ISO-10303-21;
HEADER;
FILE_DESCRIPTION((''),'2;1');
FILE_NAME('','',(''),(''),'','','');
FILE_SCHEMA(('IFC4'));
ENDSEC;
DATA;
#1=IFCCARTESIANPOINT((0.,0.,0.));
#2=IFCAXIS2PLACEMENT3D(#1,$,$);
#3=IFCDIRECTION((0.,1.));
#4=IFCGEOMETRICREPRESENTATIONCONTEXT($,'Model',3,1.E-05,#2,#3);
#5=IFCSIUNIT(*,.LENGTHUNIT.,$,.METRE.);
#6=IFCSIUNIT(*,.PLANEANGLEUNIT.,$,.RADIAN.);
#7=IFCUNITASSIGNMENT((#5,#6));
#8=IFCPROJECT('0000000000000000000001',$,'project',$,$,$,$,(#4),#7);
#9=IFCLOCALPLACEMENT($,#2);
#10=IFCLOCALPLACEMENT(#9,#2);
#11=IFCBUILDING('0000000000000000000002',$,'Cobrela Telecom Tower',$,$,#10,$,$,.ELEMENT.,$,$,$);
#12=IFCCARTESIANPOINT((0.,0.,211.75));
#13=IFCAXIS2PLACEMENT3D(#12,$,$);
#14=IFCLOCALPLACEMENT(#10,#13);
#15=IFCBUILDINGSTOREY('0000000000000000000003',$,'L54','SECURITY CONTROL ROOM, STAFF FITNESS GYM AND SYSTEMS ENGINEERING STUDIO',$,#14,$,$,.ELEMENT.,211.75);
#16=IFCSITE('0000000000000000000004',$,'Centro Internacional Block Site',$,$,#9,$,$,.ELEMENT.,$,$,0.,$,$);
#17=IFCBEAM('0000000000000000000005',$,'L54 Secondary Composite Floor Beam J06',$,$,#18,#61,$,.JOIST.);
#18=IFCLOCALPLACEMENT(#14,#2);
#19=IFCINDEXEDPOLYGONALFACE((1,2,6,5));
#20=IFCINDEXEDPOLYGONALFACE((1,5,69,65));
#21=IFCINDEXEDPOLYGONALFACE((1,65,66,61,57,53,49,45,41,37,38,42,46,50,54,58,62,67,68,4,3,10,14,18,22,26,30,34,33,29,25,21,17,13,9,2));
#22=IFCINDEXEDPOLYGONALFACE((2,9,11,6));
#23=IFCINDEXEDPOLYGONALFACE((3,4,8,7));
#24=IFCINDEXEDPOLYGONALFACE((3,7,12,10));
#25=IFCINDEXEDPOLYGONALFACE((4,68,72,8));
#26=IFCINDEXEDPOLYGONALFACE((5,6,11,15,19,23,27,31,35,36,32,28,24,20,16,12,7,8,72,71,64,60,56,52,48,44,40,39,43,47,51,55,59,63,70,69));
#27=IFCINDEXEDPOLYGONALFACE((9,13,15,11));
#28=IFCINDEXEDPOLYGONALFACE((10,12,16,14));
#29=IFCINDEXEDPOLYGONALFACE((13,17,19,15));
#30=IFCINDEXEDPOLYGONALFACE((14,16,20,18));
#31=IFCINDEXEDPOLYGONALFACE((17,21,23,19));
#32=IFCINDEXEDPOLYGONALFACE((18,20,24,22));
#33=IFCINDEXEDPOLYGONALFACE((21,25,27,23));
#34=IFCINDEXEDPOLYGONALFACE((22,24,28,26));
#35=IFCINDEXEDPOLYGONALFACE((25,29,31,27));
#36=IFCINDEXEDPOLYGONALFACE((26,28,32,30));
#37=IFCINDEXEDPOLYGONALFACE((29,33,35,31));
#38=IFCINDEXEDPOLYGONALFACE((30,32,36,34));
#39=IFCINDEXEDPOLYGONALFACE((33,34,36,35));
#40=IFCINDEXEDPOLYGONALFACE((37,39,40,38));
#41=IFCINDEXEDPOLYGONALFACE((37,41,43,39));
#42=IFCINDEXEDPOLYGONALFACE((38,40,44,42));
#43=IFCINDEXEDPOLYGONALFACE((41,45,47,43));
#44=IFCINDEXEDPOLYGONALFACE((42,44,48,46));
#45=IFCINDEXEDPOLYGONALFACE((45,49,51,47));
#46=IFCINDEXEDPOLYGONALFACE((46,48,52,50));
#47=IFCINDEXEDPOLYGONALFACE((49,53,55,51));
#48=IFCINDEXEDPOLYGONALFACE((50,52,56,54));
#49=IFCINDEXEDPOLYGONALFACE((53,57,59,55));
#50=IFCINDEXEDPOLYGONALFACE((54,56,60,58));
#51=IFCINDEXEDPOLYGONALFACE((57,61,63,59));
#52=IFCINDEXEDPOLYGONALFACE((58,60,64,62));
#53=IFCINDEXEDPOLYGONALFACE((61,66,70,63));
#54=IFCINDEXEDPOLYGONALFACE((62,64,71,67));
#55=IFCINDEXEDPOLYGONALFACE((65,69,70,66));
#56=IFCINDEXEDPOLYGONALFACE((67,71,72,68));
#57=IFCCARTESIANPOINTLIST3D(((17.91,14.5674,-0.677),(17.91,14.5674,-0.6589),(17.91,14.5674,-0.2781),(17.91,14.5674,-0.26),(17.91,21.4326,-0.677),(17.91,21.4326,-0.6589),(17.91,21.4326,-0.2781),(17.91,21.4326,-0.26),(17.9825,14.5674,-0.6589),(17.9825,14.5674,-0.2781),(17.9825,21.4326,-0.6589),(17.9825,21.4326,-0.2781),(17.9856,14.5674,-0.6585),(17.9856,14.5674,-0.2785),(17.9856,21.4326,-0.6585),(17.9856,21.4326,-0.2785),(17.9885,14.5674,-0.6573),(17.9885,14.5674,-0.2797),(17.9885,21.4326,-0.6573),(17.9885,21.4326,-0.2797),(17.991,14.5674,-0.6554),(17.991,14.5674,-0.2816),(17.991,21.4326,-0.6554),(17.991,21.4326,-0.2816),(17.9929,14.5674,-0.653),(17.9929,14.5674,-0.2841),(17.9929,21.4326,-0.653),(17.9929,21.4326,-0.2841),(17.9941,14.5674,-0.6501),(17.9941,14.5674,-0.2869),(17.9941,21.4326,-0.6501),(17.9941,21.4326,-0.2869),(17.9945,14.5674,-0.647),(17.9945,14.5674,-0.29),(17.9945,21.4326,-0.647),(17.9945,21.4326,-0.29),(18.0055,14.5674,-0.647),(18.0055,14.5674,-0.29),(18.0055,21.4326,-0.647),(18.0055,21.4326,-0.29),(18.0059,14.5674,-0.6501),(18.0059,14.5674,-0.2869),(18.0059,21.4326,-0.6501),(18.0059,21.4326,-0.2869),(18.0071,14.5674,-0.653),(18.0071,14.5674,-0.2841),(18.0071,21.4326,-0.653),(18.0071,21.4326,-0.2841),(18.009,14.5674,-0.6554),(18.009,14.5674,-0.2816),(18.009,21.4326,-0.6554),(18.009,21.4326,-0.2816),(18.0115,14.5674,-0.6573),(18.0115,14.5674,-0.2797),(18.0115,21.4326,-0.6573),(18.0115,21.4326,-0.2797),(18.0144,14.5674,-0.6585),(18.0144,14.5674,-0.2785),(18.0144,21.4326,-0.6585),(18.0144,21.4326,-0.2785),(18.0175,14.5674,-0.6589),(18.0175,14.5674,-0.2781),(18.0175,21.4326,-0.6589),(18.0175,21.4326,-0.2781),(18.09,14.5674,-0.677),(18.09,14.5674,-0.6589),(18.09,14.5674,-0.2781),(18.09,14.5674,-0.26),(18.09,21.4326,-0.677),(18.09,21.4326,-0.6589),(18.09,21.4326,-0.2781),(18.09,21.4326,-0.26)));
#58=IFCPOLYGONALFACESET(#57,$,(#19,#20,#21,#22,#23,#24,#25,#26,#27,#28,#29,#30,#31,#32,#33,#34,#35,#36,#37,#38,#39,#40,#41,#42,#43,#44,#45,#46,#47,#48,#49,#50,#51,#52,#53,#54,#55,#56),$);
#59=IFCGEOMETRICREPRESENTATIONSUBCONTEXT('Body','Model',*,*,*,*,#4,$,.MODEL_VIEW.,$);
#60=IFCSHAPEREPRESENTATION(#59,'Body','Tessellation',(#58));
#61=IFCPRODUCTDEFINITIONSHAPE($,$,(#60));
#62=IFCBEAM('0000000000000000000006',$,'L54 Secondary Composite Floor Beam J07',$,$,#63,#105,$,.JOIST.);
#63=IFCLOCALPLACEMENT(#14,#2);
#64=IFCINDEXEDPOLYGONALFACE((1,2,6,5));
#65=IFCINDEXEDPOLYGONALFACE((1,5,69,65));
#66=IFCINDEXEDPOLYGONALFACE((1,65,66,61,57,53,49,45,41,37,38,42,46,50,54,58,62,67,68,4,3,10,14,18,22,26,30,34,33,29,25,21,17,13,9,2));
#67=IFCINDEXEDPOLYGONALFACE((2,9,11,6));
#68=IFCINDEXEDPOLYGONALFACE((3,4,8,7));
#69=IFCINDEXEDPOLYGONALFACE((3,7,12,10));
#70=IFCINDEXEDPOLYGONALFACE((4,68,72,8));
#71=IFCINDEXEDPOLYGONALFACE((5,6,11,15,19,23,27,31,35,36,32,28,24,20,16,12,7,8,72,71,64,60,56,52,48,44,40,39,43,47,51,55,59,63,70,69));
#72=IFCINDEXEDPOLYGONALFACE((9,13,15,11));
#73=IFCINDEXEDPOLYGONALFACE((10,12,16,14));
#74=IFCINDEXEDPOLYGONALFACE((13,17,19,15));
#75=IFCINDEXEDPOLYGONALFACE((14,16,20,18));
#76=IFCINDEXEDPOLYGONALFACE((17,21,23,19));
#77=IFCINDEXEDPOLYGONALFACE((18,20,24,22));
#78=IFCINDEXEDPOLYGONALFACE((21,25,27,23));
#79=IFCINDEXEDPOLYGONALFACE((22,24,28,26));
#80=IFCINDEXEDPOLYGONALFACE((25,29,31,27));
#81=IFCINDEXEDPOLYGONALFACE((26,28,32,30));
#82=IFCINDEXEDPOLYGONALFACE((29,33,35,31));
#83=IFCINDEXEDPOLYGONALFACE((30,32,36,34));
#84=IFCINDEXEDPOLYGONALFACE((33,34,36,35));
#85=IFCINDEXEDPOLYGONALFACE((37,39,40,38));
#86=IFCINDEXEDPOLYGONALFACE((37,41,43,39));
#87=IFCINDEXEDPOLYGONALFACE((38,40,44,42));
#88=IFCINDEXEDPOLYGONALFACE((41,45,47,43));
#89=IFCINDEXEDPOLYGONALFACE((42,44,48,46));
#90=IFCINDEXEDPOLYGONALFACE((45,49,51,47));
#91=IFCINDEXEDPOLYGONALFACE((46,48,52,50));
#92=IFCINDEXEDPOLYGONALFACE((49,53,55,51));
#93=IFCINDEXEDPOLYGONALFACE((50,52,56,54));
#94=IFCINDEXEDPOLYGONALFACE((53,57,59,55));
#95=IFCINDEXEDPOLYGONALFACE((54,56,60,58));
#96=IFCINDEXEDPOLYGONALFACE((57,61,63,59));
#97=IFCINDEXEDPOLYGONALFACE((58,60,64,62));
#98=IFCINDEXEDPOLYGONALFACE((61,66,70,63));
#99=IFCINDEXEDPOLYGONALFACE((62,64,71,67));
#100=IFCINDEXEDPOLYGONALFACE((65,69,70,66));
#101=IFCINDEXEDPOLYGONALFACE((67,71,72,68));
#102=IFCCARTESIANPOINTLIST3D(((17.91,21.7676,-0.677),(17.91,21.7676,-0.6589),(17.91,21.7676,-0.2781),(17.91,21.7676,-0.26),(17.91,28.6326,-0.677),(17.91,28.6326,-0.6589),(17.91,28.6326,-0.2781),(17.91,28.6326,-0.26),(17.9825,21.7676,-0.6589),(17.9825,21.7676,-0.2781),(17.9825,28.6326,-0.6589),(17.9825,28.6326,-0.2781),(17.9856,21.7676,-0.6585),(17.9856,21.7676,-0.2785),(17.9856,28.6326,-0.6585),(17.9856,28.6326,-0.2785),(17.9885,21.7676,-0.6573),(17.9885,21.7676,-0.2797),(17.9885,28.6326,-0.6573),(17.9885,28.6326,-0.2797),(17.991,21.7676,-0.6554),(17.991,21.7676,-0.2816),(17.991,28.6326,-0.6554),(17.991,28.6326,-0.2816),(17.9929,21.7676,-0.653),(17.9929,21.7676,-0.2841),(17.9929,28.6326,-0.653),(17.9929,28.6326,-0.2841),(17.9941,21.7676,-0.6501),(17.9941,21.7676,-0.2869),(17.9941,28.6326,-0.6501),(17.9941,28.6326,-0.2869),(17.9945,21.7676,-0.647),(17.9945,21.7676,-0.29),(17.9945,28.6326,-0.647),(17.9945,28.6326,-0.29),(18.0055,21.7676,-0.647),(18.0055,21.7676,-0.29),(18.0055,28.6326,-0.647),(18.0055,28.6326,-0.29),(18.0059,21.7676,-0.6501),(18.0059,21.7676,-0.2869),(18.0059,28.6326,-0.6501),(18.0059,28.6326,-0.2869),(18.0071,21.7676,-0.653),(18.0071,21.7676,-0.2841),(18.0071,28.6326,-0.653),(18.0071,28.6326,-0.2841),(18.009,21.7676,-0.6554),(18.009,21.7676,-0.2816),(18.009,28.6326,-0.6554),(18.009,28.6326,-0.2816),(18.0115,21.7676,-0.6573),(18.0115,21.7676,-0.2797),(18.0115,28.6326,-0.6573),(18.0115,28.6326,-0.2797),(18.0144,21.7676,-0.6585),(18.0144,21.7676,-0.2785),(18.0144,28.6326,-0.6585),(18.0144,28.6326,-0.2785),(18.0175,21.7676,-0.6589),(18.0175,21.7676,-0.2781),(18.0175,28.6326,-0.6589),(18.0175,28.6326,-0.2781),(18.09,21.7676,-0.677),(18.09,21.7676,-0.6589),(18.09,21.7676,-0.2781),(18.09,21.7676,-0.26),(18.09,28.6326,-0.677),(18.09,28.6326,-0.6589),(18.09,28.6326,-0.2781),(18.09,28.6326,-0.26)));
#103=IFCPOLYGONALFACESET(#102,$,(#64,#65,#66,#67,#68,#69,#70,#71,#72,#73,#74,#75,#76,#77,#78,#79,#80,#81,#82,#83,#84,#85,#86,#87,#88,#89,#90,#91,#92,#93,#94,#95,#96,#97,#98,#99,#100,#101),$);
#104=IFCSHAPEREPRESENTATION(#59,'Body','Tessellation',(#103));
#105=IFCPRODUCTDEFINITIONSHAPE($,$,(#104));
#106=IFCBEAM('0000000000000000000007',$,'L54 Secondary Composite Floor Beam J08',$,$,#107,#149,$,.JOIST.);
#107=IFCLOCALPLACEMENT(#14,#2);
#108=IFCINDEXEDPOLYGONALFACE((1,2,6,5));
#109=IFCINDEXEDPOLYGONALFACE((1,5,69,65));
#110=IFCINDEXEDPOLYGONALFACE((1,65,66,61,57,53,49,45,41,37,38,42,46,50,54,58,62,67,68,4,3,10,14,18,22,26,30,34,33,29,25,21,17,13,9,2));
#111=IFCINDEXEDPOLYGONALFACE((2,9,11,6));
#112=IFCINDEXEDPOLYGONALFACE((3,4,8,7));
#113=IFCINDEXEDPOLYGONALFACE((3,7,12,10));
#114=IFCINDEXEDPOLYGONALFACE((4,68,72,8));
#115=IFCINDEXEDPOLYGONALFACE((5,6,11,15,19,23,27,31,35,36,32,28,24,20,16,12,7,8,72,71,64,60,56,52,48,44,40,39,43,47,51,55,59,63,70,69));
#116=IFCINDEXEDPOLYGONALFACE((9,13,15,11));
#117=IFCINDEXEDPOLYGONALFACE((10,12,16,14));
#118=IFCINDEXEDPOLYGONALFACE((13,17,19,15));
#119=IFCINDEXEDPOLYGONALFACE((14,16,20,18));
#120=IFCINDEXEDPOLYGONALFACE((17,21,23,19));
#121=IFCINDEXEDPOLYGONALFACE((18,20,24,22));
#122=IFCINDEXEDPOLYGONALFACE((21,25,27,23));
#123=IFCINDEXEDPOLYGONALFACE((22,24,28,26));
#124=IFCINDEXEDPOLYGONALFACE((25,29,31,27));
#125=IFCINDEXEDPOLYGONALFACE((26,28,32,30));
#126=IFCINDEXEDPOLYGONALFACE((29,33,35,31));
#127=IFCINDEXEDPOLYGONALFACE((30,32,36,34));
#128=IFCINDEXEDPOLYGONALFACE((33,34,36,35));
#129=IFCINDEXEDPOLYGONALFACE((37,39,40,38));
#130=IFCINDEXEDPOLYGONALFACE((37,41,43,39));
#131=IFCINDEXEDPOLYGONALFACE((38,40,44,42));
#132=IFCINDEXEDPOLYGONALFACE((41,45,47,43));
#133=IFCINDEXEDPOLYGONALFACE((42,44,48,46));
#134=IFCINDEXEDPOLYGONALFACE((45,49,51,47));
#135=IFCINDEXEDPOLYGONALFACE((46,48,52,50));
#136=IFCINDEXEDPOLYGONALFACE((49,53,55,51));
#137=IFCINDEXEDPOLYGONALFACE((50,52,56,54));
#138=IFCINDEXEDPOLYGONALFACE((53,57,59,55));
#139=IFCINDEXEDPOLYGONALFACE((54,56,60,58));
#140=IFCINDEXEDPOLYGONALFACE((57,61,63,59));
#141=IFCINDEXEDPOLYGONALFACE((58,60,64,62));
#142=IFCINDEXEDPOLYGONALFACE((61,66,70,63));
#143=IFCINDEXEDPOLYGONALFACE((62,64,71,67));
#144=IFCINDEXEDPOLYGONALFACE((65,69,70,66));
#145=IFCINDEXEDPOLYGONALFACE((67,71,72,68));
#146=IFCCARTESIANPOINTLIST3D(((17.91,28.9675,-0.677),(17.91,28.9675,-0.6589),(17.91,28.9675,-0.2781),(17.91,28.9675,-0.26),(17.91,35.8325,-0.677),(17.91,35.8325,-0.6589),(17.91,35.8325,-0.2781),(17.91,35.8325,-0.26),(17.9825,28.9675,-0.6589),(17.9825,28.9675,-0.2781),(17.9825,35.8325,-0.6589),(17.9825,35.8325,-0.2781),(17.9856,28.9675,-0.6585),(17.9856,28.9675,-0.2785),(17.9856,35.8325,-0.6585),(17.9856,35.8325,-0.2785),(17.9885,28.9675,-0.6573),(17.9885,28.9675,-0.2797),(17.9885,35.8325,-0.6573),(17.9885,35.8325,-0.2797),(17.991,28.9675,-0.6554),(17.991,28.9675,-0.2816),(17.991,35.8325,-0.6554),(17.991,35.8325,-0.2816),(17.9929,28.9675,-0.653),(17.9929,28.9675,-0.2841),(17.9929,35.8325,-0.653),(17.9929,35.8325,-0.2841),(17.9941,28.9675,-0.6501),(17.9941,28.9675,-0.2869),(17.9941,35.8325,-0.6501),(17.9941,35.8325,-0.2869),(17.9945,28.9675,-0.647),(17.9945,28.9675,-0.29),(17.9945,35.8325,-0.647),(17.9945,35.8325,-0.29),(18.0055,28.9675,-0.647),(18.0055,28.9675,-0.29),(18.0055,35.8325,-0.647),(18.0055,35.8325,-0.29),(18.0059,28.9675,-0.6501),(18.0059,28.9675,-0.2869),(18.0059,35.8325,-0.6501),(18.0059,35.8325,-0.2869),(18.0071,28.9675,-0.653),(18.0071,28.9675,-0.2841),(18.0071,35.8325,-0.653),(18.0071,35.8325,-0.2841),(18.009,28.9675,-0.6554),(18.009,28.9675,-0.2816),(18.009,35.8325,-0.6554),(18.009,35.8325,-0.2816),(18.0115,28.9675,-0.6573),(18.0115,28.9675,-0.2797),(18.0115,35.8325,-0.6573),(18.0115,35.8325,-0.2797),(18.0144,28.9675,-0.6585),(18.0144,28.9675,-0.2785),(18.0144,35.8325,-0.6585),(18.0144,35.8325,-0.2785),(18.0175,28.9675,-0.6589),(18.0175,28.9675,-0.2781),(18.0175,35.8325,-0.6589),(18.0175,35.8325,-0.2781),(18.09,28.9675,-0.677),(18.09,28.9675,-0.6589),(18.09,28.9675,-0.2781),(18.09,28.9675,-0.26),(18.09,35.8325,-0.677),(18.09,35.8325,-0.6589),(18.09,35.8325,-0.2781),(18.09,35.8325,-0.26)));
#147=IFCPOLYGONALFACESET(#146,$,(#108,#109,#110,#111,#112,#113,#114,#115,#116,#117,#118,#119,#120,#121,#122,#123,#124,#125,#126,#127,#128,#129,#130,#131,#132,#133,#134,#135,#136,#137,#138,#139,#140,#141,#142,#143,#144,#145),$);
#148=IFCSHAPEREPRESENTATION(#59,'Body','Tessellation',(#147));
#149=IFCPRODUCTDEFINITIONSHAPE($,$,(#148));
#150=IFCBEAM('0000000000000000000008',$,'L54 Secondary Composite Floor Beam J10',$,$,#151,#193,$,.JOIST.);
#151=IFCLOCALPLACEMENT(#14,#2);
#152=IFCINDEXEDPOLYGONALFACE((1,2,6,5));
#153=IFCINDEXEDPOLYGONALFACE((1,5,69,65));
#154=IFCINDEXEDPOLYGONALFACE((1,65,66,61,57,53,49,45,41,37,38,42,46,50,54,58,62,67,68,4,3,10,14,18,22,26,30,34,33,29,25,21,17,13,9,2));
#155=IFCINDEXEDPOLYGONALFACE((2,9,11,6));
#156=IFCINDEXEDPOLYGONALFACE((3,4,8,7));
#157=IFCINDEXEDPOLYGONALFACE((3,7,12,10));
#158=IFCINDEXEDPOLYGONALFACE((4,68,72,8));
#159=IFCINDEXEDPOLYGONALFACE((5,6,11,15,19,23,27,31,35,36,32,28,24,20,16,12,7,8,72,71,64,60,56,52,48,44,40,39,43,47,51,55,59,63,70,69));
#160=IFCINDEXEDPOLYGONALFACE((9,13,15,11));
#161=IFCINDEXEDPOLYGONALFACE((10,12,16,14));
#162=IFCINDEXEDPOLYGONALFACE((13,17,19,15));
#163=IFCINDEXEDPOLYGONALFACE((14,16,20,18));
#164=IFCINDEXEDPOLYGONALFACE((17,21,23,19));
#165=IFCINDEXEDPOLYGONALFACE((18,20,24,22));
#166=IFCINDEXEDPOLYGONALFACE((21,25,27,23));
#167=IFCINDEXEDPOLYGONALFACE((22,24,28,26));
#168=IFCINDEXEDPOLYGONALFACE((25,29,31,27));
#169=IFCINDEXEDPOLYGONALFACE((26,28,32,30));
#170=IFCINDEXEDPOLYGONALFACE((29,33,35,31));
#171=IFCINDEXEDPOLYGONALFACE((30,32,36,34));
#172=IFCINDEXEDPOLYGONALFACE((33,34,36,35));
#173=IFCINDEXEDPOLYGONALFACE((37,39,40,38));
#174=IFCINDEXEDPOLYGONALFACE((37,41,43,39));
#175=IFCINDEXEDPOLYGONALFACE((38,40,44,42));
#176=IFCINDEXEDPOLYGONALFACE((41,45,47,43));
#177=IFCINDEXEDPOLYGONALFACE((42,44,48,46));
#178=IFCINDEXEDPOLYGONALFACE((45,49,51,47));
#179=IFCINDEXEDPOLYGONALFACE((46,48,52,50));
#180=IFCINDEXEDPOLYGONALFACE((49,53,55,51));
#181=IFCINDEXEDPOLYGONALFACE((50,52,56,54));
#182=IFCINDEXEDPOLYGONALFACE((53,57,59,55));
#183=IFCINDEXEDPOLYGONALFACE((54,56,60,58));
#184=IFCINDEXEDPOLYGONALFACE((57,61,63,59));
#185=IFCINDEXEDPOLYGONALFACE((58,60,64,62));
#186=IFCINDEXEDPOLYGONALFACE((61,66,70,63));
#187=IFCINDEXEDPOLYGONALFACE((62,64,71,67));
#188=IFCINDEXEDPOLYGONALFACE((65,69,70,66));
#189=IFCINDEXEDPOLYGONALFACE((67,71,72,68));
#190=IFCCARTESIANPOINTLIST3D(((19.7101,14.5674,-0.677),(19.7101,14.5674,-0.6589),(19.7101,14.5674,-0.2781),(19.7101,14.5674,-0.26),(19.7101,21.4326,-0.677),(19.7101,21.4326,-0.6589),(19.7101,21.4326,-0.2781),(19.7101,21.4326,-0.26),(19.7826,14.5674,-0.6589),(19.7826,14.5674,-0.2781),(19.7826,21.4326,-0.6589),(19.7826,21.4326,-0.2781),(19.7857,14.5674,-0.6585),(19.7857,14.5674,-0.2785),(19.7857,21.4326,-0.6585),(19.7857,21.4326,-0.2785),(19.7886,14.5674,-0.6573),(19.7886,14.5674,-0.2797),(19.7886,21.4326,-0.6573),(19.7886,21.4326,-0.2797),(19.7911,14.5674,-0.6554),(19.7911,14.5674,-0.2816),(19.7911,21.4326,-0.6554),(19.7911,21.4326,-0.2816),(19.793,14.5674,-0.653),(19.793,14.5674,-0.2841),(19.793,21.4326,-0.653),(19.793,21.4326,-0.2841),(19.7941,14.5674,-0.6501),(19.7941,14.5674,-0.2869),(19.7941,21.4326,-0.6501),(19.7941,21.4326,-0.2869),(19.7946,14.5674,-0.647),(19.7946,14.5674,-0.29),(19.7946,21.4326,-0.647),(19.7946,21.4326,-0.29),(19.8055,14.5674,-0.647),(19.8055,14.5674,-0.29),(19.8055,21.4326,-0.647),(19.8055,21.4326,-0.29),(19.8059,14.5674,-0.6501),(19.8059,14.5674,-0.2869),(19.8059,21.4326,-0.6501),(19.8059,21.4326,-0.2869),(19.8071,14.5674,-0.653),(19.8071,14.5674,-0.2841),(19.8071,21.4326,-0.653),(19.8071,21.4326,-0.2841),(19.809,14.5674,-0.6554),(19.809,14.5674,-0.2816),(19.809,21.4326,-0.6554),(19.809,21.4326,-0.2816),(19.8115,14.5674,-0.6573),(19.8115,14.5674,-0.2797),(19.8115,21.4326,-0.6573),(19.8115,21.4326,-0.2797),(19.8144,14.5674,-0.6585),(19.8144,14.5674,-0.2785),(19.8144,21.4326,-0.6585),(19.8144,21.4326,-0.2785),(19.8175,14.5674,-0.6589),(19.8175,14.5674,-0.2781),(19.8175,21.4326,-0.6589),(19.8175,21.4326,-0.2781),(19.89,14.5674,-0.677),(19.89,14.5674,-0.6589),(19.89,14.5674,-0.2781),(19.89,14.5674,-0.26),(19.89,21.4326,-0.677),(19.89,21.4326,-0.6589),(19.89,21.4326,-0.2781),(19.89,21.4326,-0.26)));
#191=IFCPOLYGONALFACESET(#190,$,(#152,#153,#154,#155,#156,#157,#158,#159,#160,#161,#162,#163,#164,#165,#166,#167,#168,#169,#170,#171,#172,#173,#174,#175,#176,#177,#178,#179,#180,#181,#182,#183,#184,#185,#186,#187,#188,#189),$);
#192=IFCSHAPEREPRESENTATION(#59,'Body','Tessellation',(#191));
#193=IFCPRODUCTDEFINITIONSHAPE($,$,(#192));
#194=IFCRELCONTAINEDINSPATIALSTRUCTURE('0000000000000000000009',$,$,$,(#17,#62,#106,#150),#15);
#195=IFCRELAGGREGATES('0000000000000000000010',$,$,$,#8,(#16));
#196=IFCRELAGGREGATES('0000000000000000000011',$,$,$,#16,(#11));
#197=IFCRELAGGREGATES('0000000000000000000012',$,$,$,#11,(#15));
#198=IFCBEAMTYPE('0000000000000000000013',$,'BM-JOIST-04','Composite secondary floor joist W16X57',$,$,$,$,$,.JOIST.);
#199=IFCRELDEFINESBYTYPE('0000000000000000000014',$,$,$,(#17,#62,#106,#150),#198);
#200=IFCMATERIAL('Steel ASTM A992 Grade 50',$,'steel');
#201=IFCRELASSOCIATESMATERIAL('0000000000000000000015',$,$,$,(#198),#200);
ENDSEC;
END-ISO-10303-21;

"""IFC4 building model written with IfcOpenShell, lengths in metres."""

from ifc_helpers import new_model, si_unit, direction, frame, origin, origin_2d, place, context, subcontext, project, spatial, i_section, extrude, material, material_profile, profile_set, type_object, element, save


model = new_model("IFC4")

# Units and contexts
model_context = context("Model", 3, precision=1e-05, world=origin(), true_north=direction((0.0, 1.0)))
body_context = subcontext(model_context, "Body", "Model", "MODEL_VIEW")
ifc_project = project(units=[si_unit("LENGTHUNIT", "METRE"), si_unit("PLANEANGLEUNIT", "RADIAN")], contexts=[model_context])

# Site, building, storey
site_placement = place(None, origin())
site = spatial("IfcSite", under=ifc_project, at=site_placement, Name="Centro Internacional Block Site", CompositionType="ELEMENT", RefElevation=0.0)
building_placement = place(site_placement, origin())
building = spatial("IfcBuilding", under=site, at=building_placement, Name="Cobrela Telecom Tower", CompositionType="ELEMENT")
storey_placement = place(building_placement, frame((0.0, 0.0, 211.75)))
storey = spatial("IfcBuildingStorey", under=building, at=storey_placement, Name="L54", Description="SECURITY CONTROL ROOM, STAFF FITNESS GYM AND SYSTEMS ENGINEERING STUDIO", CompositionType="ELEMENT", Elevation=211.75)

# Shared definitions
ifc_material_1 = material(Name="Steel ASTM A992 Grade 50", Category="steel")

# Beams
ifc_material_profile_1 = material_profile(ifc_material_1, i_section(OverallWidth=0.1799, OverallDepth=0.417, WebThickness=0.011, FlangeThickness=0.0181, FilletRadius=0.012, at=origin_2d()), Name="W16X57")
ifc_profile_set_1 = profile_set([ifc_material_profile_1], Name="Steel ASTM A992 Grade 50")
beam_type_1 = type_object("IfcBeamType", Name="BM-JOIST-04", Description="Composite secondary floor joist W16X57", PredefinedType="JOIST", material=ifc_profile_set_1)
beam_1_placement = place(storey_placement, frame((18.0, 14.5674, -0.4685), z_axis=(0.0, 1.0, 0.0), x_axis=(-1.0, 0.0, 0.0)))
element("IfcBeam", 1, at=beam_1_placement, inside=storey, type_object=beam_type_1, Name="L54 Secondary Composite Floor Beam J06", PredefinedType="JOIST", context=body_context, shape_type="SweptSolid", body=[
    extrude(i_section(OverallWidth=0.1799, OverallDepth=0.417, WebThickness=0.011, FlangeThickness=0.0181, FilletRadius=0.012, at=origin_2d()), origin(), (0.0, 0.0, 1.0), 6.8652),
])
for number, where, z_axis, x_axis, name in (
    (2, (18.0, 21.7676, -0.4685), (0.0, 1.0, 0.0), (-1.0, 0.0, 0.0), "L54 Secondary Composite Floor Beam J07"),
    (3, (18.0, 28.9675, -0.4685), (0.0, 1.0, 0.0), (-1.0, 0.0, 0.0), "L54 Secondary Composite Floor Beam J08"),
):
    element("IfcBeam", number, at=place(storey_placement, frame(where, z_axis=z_axis, x_axis=x_axis)), inside=storey, type_object=beam_type_1, Name=name, PredefinedType="JOIST", context=body_context, shape_type="SweptSolid", body=[
        extrude(i_section(OverallWidth=0.1799, OverallDepth=0.417, WebThickness=0.011, FlangeThickness=0.0181, FilletRadius=0.012, at=origin_2d()), origin(), (0.0, 0.0, 1.0), 6.865),
    ])
beam_2_placement = place(storey_placement, frame((19.8, 14.5674, -0.4685), z_axis=(0.0, 1.0, 0.0), x_axis=(-1.0, 0.0, 0.0)))
element("IfcBeam", 4, at=beam_2_placement, inside=storey, type_object=beam_type_1, Name="L54 Secondary Composite Floor Beam J10", PredefinedType="JOIST", context=body_context, shape_type="SweptSolid", body=[
    extrude(i_section(OverallWidth=0.1799, OverallDepth=0.417, WebThickness=0.011, FlangeThickness=0.0181, FilletRadius=0.012, at=origin_2d()), origin(), (0.0, 0.0, 1.0), 6.8652),
])

save(model, "model.ifc")
